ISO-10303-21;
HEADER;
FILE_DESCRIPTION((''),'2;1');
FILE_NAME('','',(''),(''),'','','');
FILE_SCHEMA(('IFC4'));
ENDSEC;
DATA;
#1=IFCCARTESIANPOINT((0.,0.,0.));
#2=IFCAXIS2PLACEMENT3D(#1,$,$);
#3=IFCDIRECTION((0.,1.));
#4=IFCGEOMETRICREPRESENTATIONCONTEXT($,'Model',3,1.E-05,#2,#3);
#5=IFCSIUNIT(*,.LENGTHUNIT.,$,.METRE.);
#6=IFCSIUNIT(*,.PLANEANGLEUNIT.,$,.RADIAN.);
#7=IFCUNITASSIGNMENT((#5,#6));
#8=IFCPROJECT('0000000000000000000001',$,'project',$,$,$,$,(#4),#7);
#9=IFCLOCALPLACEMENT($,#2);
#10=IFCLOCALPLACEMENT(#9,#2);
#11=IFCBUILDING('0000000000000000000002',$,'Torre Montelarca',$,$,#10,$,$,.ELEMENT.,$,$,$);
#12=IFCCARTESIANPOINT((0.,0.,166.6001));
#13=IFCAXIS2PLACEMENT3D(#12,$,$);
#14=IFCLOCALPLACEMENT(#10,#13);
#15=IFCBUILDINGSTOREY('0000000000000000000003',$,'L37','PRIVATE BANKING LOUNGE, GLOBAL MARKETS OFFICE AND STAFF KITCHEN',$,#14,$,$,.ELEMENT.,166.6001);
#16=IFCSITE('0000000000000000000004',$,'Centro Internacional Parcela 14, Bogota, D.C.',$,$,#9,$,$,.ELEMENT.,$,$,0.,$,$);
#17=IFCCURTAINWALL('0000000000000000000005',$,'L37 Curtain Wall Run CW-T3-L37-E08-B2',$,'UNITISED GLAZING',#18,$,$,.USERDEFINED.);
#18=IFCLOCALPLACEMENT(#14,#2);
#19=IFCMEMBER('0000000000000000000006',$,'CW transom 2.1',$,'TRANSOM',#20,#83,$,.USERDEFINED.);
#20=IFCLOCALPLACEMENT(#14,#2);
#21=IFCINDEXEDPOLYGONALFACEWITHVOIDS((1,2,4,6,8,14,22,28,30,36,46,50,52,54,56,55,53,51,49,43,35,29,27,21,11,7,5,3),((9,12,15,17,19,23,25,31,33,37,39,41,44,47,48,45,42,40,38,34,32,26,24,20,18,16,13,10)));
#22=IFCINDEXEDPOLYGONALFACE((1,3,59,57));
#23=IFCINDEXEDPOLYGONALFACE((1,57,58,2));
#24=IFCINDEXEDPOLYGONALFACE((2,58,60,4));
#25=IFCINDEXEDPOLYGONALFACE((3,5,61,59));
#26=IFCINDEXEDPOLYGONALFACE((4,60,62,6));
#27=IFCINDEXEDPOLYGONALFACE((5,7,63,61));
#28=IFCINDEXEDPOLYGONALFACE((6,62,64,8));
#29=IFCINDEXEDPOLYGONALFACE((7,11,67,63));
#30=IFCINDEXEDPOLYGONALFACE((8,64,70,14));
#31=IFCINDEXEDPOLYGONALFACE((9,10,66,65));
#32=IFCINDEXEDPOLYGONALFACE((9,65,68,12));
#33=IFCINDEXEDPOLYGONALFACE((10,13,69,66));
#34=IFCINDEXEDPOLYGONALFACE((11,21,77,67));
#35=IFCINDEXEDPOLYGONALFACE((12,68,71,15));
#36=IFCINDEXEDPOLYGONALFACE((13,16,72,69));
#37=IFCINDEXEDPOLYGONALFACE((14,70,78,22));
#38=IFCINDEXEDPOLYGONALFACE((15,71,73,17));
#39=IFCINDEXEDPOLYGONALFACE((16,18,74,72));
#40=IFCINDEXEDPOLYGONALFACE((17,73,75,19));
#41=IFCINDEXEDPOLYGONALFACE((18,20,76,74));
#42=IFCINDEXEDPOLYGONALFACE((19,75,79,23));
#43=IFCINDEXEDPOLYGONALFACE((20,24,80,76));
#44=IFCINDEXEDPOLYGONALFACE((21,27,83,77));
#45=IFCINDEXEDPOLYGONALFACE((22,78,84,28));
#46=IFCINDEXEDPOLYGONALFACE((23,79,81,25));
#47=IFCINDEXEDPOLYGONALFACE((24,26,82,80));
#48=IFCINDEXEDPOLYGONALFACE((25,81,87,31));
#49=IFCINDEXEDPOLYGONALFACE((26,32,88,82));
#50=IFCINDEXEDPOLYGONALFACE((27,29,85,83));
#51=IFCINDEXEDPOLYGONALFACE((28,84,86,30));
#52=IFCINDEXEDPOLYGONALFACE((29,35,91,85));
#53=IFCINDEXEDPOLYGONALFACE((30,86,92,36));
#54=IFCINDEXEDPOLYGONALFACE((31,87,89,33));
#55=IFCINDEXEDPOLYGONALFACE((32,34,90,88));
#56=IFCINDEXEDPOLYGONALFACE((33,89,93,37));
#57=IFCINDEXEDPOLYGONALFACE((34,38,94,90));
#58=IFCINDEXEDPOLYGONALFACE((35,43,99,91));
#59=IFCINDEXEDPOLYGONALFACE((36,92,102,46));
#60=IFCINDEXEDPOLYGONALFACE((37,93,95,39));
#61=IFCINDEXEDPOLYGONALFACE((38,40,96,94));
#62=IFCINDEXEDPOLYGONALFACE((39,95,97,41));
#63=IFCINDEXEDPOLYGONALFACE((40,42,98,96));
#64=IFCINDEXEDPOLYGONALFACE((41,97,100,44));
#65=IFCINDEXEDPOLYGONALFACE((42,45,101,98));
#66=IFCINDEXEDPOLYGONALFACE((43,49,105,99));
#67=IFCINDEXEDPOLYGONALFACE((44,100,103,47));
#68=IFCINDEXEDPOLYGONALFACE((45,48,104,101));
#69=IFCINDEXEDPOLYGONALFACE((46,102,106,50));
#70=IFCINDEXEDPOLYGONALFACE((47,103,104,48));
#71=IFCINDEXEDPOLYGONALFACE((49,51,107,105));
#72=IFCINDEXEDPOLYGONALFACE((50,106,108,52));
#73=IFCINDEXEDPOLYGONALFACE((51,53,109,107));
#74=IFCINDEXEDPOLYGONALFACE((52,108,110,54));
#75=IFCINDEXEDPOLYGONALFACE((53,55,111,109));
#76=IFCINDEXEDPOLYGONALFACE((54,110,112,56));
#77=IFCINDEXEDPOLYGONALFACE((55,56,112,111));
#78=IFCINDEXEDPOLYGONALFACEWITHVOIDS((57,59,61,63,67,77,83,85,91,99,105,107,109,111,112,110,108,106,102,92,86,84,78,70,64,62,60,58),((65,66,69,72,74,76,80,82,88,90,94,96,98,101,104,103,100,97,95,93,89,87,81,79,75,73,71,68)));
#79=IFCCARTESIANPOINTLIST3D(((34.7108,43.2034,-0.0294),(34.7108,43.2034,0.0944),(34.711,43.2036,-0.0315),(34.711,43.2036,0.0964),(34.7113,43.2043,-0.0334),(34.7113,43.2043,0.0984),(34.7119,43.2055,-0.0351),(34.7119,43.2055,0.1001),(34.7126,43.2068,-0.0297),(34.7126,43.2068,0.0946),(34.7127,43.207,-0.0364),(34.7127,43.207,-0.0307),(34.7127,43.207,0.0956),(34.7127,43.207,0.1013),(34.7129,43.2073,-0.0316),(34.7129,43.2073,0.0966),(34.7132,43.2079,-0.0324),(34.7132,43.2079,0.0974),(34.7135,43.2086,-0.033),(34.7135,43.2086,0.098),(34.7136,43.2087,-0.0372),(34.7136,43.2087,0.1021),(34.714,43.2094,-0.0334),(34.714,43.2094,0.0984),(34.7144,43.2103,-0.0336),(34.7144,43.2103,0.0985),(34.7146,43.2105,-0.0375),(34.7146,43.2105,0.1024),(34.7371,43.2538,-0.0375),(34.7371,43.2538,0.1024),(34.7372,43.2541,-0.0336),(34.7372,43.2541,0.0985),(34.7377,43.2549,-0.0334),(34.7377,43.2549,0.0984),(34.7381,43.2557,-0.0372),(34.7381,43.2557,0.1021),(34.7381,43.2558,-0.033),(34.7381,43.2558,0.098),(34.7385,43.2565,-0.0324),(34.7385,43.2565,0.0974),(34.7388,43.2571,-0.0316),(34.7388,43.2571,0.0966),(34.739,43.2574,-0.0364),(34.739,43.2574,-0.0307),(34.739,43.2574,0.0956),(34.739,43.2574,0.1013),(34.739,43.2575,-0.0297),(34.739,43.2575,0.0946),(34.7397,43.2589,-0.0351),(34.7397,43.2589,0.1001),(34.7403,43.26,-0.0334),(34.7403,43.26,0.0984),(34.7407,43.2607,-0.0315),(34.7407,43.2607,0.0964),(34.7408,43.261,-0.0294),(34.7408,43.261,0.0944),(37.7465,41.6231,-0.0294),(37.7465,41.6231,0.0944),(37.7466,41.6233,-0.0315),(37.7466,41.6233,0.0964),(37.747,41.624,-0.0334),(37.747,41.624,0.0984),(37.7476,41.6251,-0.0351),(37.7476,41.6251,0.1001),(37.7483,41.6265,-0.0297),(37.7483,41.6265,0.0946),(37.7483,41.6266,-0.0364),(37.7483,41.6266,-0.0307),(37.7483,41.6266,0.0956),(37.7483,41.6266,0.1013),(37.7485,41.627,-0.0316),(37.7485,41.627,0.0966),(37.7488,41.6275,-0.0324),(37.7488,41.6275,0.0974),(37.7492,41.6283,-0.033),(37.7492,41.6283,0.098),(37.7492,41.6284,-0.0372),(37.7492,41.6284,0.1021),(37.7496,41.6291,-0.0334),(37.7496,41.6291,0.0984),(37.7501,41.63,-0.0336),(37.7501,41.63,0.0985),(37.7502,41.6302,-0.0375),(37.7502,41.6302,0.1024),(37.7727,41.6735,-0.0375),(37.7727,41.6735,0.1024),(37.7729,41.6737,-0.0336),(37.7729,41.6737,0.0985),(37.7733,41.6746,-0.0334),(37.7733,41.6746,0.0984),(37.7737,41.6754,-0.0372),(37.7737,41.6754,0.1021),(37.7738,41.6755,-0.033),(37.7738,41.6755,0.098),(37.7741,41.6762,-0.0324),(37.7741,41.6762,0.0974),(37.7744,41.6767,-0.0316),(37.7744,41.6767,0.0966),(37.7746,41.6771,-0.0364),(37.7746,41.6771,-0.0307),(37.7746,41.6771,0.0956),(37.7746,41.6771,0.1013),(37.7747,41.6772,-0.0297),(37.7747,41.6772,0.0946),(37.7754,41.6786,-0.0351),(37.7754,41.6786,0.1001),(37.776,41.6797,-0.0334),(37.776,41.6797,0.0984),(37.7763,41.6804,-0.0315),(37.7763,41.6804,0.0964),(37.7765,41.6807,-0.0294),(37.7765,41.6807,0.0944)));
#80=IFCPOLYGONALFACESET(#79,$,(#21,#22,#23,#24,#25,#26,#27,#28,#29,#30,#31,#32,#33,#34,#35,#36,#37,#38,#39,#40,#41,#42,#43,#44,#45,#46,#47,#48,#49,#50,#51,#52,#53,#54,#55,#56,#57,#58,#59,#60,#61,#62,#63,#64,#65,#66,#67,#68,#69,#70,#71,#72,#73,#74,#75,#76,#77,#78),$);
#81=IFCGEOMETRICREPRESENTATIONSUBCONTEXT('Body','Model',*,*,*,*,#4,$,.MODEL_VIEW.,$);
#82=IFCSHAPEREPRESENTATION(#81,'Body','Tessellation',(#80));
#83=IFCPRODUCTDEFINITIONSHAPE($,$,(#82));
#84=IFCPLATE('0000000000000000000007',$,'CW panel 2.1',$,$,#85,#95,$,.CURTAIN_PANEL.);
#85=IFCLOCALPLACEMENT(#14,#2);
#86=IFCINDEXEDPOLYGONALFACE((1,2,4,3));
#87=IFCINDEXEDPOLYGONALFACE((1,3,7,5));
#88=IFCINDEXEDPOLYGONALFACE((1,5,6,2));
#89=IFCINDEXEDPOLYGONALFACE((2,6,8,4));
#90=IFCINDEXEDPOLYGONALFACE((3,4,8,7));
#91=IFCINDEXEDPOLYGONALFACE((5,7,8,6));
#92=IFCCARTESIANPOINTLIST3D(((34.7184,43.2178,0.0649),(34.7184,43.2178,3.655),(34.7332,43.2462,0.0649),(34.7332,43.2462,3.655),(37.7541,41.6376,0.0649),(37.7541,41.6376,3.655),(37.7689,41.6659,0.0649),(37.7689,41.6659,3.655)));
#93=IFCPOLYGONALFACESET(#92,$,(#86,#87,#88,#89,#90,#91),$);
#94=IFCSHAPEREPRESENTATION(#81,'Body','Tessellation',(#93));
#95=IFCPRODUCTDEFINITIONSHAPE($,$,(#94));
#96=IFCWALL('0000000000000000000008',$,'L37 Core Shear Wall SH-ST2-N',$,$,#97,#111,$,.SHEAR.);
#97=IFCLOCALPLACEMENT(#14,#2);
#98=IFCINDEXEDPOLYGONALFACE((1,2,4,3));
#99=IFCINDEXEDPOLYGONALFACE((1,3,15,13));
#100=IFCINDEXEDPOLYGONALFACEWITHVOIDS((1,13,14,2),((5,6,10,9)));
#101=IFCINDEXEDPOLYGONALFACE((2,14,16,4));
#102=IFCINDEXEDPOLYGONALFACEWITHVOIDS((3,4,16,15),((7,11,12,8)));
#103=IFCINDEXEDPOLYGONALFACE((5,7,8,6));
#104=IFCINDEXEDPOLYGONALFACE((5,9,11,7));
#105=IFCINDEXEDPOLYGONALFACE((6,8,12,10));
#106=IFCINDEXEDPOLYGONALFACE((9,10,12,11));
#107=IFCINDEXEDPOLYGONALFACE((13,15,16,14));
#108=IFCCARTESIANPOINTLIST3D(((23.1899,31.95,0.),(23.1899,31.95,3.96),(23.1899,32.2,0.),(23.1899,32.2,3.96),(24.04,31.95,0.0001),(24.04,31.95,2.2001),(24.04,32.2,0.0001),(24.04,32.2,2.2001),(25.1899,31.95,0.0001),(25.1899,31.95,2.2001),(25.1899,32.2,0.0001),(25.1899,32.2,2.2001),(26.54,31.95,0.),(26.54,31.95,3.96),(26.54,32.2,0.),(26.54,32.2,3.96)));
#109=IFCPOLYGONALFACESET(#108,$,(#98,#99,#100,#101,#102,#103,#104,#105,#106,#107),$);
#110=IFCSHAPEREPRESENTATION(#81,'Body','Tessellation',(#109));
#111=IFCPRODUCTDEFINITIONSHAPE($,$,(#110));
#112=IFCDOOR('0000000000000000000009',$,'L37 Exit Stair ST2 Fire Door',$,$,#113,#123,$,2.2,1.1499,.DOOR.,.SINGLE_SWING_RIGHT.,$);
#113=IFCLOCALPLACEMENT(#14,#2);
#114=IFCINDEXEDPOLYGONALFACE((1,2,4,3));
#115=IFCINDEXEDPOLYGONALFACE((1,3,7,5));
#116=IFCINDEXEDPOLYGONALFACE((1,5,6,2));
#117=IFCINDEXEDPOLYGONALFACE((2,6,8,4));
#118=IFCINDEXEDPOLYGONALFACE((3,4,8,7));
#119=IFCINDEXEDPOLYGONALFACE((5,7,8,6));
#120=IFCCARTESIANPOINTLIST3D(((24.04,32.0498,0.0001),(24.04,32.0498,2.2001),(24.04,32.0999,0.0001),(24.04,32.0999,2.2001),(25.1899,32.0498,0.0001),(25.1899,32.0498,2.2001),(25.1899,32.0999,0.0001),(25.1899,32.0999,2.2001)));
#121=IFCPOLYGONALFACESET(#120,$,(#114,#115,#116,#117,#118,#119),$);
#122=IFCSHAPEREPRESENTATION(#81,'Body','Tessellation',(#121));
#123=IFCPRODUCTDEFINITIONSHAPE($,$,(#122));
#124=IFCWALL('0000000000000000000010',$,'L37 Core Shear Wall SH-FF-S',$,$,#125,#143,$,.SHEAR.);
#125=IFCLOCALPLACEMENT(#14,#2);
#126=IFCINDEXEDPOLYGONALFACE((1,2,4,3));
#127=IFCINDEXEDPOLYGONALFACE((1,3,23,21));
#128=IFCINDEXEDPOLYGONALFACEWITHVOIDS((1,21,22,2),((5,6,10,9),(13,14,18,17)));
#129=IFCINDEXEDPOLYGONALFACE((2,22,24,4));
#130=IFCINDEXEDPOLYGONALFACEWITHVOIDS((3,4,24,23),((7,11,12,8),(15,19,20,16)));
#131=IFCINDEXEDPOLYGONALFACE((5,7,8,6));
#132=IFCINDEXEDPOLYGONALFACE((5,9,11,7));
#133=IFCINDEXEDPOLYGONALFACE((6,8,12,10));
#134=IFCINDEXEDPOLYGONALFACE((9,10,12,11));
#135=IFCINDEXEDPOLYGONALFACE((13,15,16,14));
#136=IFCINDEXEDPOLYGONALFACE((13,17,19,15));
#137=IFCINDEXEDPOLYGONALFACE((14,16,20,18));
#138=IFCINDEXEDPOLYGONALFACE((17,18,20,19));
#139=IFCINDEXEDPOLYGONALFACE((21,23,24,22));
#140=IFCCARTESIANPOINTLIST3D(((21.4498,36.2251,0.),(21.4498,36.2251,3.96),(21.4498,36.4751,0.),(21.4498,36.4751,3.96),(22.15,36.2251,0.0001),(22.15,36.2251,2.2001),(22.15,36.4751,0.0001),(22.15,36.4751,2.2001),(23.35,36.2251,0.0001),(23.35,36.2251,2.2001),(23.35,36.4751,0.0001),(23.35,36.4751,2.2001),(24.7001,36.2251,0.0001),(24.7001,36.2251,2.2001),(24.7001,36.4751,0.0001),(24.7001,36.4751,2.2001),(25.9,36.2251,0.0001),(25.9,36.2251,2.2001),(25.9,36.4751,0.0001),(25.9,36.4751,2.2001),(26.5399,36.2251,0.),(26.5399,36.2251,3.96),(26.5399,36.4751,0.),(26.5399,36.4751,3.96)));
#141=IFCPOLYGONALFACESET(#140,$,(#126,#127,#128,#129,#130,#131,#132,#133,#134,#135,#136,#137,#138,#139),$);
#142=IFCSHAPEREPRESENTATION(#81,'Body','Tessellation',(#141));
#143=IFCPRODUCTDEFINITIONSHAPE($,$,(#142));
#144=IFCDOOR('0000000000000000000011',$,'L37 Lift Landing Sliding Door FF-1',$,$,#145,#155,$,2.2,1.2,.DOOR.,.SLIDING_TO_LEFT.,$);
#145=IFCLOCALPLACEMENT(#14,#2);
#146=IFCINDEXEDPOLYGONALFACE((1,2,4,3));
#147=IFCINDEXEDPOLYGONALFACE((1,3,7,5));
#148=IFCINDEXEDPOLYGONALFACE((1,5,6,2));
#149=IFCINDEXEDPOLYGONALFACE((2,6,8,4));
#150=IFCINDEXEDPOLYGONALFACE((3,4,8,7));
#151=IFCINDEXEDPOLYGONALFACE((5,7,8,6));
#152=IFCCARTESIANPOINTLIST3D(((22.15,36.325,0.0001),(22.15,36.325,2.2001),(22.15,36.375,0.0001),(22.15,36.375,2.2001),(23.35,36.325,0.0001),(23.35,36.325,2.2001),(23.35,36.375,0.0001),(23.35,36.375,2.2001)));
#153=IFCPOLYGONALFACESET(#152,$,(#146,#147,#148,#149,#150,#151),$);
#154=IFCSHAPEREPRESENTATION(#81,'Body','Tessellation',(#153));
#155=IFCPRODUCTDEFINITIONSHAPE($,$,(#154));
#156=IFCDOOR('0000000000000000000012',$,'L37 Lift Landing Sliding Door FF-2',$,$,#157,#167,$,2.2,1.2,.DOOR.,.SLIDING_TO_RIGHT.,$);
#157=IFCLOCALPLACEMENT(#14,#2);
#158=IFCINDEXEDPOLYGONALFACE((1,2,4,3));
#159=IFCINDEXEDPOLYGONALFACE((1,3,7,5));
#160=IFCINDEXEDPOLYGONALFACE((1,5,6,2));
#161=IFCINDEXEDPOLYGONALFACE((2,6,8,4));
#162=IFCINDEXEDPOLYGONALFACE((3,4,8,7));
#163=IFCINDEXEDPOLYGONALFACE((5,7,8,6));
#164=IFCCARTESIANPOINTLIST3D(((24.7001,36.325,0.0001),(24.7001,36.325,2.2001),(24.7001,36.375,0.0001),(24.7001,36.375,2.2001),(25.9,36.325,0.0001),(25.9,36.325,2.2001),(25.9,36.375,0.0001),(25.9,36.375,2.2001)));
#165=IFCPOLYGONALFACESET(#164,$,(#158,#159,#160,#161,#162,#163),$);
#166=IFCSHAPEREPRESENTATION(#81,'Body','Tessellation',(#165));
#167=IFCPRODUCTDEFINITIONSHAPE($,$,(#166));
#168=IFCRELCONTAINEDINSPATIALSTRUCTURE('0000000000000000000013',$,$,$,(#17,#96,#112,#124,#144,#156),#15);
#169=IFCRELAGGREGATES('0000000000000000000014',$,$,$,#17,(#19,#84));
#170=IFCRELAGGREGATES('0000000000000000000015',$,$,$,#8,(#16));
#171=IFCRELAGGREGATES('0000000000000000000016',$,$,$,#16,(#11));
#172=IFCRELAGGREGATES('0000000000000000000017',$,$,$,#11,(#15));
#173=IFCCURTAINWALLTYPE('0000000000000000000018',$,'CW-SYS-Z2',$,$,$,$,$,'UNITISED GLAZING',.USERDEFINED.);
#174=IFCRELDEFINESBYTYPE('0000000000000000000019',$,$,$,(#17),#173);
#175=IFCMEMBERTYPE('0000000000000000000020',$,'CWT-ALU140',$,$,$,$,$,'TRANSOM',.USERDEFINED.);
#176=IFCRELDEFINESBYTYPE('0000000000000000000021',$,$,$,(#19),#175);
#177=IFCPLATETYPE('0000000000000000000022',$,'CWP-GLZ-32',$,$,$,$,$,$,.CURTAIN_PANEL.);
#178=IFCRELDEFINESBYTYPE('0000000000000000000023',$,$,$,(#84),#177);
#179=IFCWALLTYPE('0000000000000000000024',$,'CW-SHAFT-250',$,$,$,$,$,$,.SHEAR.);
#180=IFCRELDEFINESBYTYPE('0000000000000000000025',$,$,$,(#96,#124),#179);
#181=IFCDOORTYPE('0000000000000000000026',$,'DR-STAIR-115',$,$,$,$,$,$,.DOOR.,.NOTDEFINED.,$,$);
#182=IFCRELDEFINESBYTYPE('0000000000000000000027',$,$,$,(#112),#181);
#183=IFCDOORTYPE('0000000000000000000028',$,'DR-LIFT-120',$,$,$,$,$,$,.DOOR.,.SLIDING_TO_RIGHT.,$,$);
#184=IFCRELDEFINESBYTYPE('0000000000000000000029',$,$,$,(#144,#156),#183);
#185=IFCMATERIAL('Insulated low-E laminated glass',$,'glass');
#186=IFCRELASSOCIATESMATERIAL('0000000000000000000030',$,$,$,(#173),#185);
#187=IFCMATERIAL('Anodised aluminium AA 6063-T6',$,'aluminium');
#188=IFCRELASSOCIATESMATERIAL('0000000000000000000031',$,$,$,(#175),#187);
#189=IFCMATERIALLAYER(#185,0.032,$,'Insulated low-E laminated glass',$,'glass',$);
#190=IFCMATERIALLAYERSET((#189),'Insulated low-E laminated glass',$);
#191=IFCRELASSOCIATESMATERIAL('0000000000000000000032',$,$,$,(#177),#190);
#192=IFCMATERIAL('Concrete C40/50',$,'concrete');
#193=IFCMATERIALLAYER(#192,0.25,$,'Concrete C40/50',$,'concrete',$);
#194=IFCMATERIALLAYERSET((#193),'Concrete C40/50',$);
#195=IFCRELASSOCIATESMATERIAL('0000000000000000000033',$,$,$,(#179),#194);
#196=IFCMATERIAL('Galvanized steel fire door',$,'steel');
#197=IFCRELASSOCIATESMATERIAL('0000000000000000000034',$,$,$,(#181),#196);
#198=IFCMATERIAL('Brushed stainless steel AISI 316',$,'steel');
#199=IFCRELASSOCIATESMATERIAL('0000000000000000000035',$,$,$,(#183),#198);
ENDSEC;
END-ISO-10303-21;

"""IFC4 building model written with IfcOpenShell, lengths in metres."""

from ifc_helpers import new_model, si_unit, direction, frame, frame_2d, origin, origin_2d, place, context, subcontext, project, spatial, rectangle, hollow_rectangle, extrude, source, transform, mapped, material, layer, layer_set, material_profile, profile_set, type_object, element, fill, aggregate, save


model = new_model("IFC4")

# Units and contexts
model_context = context("Model", 3, precision=1e-05, world=origin(), true_north=direction((0.0, 1.0)))
body_context = subcontext(model_context, "Body", "Model", "MODEL_VIEW")
ifc_project = project(units=[si_unit("LENGTHUNIT", "METRE"), si_unit("PLANEANGLEUNIT", "RADIAN")], contexts=[model_context])

# Site, building, storey
site_placement = place(None, origin())
site = spatial("IfcSite", under=ifc_project, at=site_placement, Name="Centro Internacional Parcela 14, Bogota, D.C.", CompositionType="ELEMENT", RefElevation=0.0)
building_placement = place(site_placement, origin())
building = spatial("IfcBuilding", under=site, at=building_placement, Name="Torre Montelarca", CompositionType="ELEMENT")
storey_placement = place(building_placement, frame((0.0, 0.0, 166.6001)))
storey = spatial("IfcBuildingStorey", under=building, at=storey_placement, Name="L37", Description="PRIVATE BANKING LOUNGE, GLOBAL MARKETS OFFICE AND STAFF KITCHEN", CompositionType="ELEMENT", Elevation=166.6001)

# Curtain wall
ifc_material_1 = material(Name="Insulated low-E laminated glass", Category="glass")
curtain_wall_type = type_object("IfcCurtainWallType", Name="CW-SYS-Z2", ElementType="UNITISED GLAZING", PredefinedType="USERDEFINED", material=ifc_material_1)
curtain_wall_1_placement = place(storey_placement, origin())
curtain_wall_1 = element("IfcCurtainWall", 1, at=curtain_wall_1_placement, inside=storey, type_object=curtain_wall_type, Name="L37 Curtain Wall Run CW-T3-L37-E08-B2", ObjectType="UNITISED GLAZING", PredefinedType="USERDEFINED")
ifc_material_2 = material(Name="Anodised aluminium AA 6063-T6", Category="aluminium")

# Member
ifc_material_profile_1 = material_profile(ifc_material_2, hollow_rectangle(XDim=0.0649, YDim=0.1399, WallThickness=0.0039, InnerFilletRadius=0.0039, OuterFilletRadius=0.0081, at=origin_2d()), Name="ALU65X140X4", Category="aluminium")
ifc_profile_set_1 = profile_set([ifc_material_profile_1], Name="Anodised aluminium AA 6063-T6")
member_type_1 = type_object("IfcMemberType", Name="CWT-ALU140", ElementType="TRANSOM", PredefinedType="USERDEFINED", material=ifc_profile_set_1)
shared_shape_1 = source(origin(), body_context, "Body", "SweptSolid", [
    extrude(hollow_rectangle(XDim=0.0649, YDim=0.1399, WallThickness=0.0039, InnerFilletRadius=0.0039, OuterFilletRadius=0.0081, at=origin_2d()), origin(), (0.0, 0.0, 1.0), 3.4224),
])
member_1_placement = place(storey_placement, frame((37.7615, 41.6519, 0.0325), z_axis=(-0.887003, 0.461764, 0.0), x_axis=(-0.461764, -0.887003, 0.0)))
member_1 = element("IfcMember", 2, at=member_1_placement, type_object=member_type_1, Name="CW transom 2.1", ObjectType="TRANSOM", PredefinedType="USERDEFINED", context=body_context, shape_type="MappedRepresentation", body=[
    mapped(shared_shape_1, transform((0.0, 0.0, 0.0), scale=1.0)),
])

# Plate
ifc_layer_1 = layer(ifc_material_1, 0.032, Name="Insulated low-E laminated glass", Category="glass")
ifc_layer_set_1 = layer_set([ifc_layer_1], Name="Insulated low-E laminated glass")
plate_type = type_object("IfcPlateType", Name="CWP-GLZ-32", PredefinedType="CURTAIN_PANEL", material=ifc_layer_set_1)
shared_shape_2 = source(origin(), body_context, "Body", "SweptSolid", [
    extrude(rectangle(XDim=3.4224, YDim=0.032, at=origin_2d()), origin(), (0.0, 0.0, 1.0), 3.5901),
])
plate_placement = place(storey_placement, frame((36.2437, 42.4419, 0.0649), z_axis=(0.0, 0.0, 1.0), x_axis=(-0.887013, 0.461745, 0.0)))
plate = element("IfcPlate", 3, at=plate_placement, type_object=plate_type, Name="CW panel 2.1", PredefinedType="CURTAIN_PANEL", context=body_context, shape_type="MappedRepresentation", body=[
    mapped(shared_shape_2, transform((0.0, 0.0, 0.0), scale=1.0)),
])
aggregate(curtain_wall_1, [member_1, plate])

# Wall, opening, door
ifc_material_3 = material(Name="Concrete C40/50", Category="concrete")
ifc_layer_2 = layer(ifc_material_3, 0.25, Name="Concrete C40/50", Category="concrete")
ifc_layer_set_2 = layer_set([ifc_layer_2], Name="Concrete C40/50")
wall_type = type_object("IfcWallType", Name="CW-SHAFT-250", PredefinedType="SHEAR", material=ifc_layer_set_2)
wall_1_placement = place(storey_placement, frame((23.1899, 32.075, 0.0), z_axis=(0.0, 0.0, 1.0), x_axis=(1.0, 0.0, 0.0)))
wall_1 = element("IfcWall", 4, at=wall_1_placement, inside=storey, type_object=wall_type, Name="L37 Core Shear Wall SH-ST2-N", PredefinedType="SHEAR", context=body_context, shape_type="SweptSolid", body=[
    extrude(rectangle(XDim=3.3501, YDim=0.25, at=frame_2d((1.675, 0.0))), origin(), (0.0, 0.0, 1.0), 3.96),
])
opening_1_placement = place(wall_1_placement, frame((0.8501, 0.0, 0.0)))
opening_1 = element("IfcOpeningElement", 5, at=opening_1_placement, cuts=wall_1, PredefinedType="OPENING", context=body_context, shape_type="SweptSolid", body=[
    extrude(rectangle(XDim=1.1499, YDim=2.2, at=frame_2d((0.575, 1.1001))), frame((0.0, 0.135, 0.0), z_axis=(0.0, -1.0, 0.0), x_axis=(1.0, 0.0, 0.0)), (0.0, 0.0, 1.0), 0.27),
])
ifc_material_4 = material(Name="Galvanized steel fire door", Category="steel")
door_type_1 = type_object("IfcDoorType", Name="DR-STAIR-115", OperationType="NOTDEFINED", PredefinedType="DOOR", material=ifc_material_4)
shared_shape_3 = source(origin(), body_context, "Body", "SweptSolid", [
    extrude(rectangle(XDim=1.1499, YDim=2.2, at=frame_2d((0.575, 1.1001))), frame((0.0, 0.0249, 0.0), z_axis=(0.0, -1.0, 0.0), x_axis=(1.0, 0.0, 0.0)), (0.0, 0.0, 1.0), 0.05),
])
door_1_placement = place(opening_1_placement, origin())
door_1 = element("IfcDoor", 6, at=door_1_placement, inside=storey, type_object=door_type_1, Name="L37 Exit Stair ST2 Fire Door", OperationType="SINGLE_SWING_RIGHT", OverallHeight=2.2, OverallWidth=1.1499, PredefinedType="DOOR", context=body_context, shape_type="MappedRepresentation", body=[
    mapped(shared_shape_3, transform((0.0, 0.0, 0.0), scale=1.0)),
])
fill(opening_1, door_1)

# Wall, openings, doors
wall_2_placement = place(storey_placement, frame((21.45, 36.3501, 0.0), z_axis=(0.0, 0.0, 1.0), x_axis=(1.0, 0.0, 0.0)))
wall_2 = element("IfcWall", 7, at=wall_2_placement, inside=storey, type_object=wall_type, Name="L37 Core Shear Wall SH-FF-S", PredefinedType="SHEAR", context=body_context, shape_type="SweptSolid", body=[
    extrude(rectangle(XDim=5.0901, YDim=0.25, at=frame_2d((2.5449, 0.0))), origin(), (0.0, 0.0, 1.0), 3.96),
])
opening_2_placement = place(wall_2_placement, frame((0.7, 0.0, 0.0)))
opening_2 = element("IfcOpeningElement", 8, at=opening_2_placement, cuts=wall_2, PredefinedType="OPENING", context=body_context, shape_type="SweptSolid", body=[
    extrude(rectangle(XDim=1.2, YDim=2.2, at=frame_2d((0.6001, 1.1001))), frame((0.0, 0.135, 0.0), z_axis=(0.0, -1.0, 0.0), x_axis=(1.0, 0.0, 0.0)), (0.0, 0.0, 1.0), 0.27),
])
opening_3_placement = place(wall_2_placement, frame((3.25, 0.0, 0.0)))
opening_3 = element("IfcOpeningElement", 9, at=opening_3_placement, cuts=wall_2, PredefinedType="OPENING", context=body_context, shape_type="SweptSolid", body=[
    extrude(rectangle(XDim=1.2, YDim=2.2, at=frame_2d((0.6001, 1.1001))), frame((0.0, 0.135, 0.0), z_axis=(0.0, -1.0, 0.0), x_axis=(1.0, 0.0, 0.0)), (0.0, 0.0, 1.0), 0.27),
])
ifc_material_5 = material(Name="Brushed stainless steel AISI 316", Category="steel")
door_type_2 = type_object("IfcDoorType", Name="DR-LIFT-120", OperationType="SLIDING_TO_RIGHT", PredefinedType="DOOR", material=ifc_material_5)
shared_shape_4 = source(origin(), body_context, "Body", "SweptSolid", [
    extrude(rectangle(XDim=1.2, YDim=2.2, at=frame_2d((0.6001, 1.1001))), frame((0.0, 0.0249, 0.0), z_axis=(0.0, -1.0, 0.0), x_axis=(1.0, 0.0, 0.0)), (0.0, 0.0, 1.0), 0.05),
])
door_2_placement = place(opening_2_placement, origin())
door_2 = element("IfcDoor", 10, at=door_2_placement, inside=storey, type_object=door_type_2, Name="L37 Lift Landing Sliding Door FF-1", OperationType="SLIDING_TO_LEFT", OverallHeight=2.2, OverallWidth=1.2, PredefinedType="DOOR", context=body_context, shape_type="MappedRepresentation", body=[
    mapped(shared_shape_4, transform((0.0, 0.0, 0.0), scale=1.0)),
])
fill(opening_2, door_2)
door_3_placement = place(opening_3_placement, origin())
door_3 = element("IfcDoor", 11, at=door_3_placement, inside=storey, type_object=door_type_2, Name="L37 Lift Landing Sliding Door FF-2", OperationType="SLIDING_TO_RIGHT", OverallHeight=2.2, OverallWidth=1.2, PredefinedType="DOOR", context=body_context, shape_type="MappedRepresentation", body=[
    mapped(shared_shape_4, transform((0.0, 0.0, 0.0), scale=1.0)),
])
fill(opening_3, door_3)

save(model, "model.ifc")
